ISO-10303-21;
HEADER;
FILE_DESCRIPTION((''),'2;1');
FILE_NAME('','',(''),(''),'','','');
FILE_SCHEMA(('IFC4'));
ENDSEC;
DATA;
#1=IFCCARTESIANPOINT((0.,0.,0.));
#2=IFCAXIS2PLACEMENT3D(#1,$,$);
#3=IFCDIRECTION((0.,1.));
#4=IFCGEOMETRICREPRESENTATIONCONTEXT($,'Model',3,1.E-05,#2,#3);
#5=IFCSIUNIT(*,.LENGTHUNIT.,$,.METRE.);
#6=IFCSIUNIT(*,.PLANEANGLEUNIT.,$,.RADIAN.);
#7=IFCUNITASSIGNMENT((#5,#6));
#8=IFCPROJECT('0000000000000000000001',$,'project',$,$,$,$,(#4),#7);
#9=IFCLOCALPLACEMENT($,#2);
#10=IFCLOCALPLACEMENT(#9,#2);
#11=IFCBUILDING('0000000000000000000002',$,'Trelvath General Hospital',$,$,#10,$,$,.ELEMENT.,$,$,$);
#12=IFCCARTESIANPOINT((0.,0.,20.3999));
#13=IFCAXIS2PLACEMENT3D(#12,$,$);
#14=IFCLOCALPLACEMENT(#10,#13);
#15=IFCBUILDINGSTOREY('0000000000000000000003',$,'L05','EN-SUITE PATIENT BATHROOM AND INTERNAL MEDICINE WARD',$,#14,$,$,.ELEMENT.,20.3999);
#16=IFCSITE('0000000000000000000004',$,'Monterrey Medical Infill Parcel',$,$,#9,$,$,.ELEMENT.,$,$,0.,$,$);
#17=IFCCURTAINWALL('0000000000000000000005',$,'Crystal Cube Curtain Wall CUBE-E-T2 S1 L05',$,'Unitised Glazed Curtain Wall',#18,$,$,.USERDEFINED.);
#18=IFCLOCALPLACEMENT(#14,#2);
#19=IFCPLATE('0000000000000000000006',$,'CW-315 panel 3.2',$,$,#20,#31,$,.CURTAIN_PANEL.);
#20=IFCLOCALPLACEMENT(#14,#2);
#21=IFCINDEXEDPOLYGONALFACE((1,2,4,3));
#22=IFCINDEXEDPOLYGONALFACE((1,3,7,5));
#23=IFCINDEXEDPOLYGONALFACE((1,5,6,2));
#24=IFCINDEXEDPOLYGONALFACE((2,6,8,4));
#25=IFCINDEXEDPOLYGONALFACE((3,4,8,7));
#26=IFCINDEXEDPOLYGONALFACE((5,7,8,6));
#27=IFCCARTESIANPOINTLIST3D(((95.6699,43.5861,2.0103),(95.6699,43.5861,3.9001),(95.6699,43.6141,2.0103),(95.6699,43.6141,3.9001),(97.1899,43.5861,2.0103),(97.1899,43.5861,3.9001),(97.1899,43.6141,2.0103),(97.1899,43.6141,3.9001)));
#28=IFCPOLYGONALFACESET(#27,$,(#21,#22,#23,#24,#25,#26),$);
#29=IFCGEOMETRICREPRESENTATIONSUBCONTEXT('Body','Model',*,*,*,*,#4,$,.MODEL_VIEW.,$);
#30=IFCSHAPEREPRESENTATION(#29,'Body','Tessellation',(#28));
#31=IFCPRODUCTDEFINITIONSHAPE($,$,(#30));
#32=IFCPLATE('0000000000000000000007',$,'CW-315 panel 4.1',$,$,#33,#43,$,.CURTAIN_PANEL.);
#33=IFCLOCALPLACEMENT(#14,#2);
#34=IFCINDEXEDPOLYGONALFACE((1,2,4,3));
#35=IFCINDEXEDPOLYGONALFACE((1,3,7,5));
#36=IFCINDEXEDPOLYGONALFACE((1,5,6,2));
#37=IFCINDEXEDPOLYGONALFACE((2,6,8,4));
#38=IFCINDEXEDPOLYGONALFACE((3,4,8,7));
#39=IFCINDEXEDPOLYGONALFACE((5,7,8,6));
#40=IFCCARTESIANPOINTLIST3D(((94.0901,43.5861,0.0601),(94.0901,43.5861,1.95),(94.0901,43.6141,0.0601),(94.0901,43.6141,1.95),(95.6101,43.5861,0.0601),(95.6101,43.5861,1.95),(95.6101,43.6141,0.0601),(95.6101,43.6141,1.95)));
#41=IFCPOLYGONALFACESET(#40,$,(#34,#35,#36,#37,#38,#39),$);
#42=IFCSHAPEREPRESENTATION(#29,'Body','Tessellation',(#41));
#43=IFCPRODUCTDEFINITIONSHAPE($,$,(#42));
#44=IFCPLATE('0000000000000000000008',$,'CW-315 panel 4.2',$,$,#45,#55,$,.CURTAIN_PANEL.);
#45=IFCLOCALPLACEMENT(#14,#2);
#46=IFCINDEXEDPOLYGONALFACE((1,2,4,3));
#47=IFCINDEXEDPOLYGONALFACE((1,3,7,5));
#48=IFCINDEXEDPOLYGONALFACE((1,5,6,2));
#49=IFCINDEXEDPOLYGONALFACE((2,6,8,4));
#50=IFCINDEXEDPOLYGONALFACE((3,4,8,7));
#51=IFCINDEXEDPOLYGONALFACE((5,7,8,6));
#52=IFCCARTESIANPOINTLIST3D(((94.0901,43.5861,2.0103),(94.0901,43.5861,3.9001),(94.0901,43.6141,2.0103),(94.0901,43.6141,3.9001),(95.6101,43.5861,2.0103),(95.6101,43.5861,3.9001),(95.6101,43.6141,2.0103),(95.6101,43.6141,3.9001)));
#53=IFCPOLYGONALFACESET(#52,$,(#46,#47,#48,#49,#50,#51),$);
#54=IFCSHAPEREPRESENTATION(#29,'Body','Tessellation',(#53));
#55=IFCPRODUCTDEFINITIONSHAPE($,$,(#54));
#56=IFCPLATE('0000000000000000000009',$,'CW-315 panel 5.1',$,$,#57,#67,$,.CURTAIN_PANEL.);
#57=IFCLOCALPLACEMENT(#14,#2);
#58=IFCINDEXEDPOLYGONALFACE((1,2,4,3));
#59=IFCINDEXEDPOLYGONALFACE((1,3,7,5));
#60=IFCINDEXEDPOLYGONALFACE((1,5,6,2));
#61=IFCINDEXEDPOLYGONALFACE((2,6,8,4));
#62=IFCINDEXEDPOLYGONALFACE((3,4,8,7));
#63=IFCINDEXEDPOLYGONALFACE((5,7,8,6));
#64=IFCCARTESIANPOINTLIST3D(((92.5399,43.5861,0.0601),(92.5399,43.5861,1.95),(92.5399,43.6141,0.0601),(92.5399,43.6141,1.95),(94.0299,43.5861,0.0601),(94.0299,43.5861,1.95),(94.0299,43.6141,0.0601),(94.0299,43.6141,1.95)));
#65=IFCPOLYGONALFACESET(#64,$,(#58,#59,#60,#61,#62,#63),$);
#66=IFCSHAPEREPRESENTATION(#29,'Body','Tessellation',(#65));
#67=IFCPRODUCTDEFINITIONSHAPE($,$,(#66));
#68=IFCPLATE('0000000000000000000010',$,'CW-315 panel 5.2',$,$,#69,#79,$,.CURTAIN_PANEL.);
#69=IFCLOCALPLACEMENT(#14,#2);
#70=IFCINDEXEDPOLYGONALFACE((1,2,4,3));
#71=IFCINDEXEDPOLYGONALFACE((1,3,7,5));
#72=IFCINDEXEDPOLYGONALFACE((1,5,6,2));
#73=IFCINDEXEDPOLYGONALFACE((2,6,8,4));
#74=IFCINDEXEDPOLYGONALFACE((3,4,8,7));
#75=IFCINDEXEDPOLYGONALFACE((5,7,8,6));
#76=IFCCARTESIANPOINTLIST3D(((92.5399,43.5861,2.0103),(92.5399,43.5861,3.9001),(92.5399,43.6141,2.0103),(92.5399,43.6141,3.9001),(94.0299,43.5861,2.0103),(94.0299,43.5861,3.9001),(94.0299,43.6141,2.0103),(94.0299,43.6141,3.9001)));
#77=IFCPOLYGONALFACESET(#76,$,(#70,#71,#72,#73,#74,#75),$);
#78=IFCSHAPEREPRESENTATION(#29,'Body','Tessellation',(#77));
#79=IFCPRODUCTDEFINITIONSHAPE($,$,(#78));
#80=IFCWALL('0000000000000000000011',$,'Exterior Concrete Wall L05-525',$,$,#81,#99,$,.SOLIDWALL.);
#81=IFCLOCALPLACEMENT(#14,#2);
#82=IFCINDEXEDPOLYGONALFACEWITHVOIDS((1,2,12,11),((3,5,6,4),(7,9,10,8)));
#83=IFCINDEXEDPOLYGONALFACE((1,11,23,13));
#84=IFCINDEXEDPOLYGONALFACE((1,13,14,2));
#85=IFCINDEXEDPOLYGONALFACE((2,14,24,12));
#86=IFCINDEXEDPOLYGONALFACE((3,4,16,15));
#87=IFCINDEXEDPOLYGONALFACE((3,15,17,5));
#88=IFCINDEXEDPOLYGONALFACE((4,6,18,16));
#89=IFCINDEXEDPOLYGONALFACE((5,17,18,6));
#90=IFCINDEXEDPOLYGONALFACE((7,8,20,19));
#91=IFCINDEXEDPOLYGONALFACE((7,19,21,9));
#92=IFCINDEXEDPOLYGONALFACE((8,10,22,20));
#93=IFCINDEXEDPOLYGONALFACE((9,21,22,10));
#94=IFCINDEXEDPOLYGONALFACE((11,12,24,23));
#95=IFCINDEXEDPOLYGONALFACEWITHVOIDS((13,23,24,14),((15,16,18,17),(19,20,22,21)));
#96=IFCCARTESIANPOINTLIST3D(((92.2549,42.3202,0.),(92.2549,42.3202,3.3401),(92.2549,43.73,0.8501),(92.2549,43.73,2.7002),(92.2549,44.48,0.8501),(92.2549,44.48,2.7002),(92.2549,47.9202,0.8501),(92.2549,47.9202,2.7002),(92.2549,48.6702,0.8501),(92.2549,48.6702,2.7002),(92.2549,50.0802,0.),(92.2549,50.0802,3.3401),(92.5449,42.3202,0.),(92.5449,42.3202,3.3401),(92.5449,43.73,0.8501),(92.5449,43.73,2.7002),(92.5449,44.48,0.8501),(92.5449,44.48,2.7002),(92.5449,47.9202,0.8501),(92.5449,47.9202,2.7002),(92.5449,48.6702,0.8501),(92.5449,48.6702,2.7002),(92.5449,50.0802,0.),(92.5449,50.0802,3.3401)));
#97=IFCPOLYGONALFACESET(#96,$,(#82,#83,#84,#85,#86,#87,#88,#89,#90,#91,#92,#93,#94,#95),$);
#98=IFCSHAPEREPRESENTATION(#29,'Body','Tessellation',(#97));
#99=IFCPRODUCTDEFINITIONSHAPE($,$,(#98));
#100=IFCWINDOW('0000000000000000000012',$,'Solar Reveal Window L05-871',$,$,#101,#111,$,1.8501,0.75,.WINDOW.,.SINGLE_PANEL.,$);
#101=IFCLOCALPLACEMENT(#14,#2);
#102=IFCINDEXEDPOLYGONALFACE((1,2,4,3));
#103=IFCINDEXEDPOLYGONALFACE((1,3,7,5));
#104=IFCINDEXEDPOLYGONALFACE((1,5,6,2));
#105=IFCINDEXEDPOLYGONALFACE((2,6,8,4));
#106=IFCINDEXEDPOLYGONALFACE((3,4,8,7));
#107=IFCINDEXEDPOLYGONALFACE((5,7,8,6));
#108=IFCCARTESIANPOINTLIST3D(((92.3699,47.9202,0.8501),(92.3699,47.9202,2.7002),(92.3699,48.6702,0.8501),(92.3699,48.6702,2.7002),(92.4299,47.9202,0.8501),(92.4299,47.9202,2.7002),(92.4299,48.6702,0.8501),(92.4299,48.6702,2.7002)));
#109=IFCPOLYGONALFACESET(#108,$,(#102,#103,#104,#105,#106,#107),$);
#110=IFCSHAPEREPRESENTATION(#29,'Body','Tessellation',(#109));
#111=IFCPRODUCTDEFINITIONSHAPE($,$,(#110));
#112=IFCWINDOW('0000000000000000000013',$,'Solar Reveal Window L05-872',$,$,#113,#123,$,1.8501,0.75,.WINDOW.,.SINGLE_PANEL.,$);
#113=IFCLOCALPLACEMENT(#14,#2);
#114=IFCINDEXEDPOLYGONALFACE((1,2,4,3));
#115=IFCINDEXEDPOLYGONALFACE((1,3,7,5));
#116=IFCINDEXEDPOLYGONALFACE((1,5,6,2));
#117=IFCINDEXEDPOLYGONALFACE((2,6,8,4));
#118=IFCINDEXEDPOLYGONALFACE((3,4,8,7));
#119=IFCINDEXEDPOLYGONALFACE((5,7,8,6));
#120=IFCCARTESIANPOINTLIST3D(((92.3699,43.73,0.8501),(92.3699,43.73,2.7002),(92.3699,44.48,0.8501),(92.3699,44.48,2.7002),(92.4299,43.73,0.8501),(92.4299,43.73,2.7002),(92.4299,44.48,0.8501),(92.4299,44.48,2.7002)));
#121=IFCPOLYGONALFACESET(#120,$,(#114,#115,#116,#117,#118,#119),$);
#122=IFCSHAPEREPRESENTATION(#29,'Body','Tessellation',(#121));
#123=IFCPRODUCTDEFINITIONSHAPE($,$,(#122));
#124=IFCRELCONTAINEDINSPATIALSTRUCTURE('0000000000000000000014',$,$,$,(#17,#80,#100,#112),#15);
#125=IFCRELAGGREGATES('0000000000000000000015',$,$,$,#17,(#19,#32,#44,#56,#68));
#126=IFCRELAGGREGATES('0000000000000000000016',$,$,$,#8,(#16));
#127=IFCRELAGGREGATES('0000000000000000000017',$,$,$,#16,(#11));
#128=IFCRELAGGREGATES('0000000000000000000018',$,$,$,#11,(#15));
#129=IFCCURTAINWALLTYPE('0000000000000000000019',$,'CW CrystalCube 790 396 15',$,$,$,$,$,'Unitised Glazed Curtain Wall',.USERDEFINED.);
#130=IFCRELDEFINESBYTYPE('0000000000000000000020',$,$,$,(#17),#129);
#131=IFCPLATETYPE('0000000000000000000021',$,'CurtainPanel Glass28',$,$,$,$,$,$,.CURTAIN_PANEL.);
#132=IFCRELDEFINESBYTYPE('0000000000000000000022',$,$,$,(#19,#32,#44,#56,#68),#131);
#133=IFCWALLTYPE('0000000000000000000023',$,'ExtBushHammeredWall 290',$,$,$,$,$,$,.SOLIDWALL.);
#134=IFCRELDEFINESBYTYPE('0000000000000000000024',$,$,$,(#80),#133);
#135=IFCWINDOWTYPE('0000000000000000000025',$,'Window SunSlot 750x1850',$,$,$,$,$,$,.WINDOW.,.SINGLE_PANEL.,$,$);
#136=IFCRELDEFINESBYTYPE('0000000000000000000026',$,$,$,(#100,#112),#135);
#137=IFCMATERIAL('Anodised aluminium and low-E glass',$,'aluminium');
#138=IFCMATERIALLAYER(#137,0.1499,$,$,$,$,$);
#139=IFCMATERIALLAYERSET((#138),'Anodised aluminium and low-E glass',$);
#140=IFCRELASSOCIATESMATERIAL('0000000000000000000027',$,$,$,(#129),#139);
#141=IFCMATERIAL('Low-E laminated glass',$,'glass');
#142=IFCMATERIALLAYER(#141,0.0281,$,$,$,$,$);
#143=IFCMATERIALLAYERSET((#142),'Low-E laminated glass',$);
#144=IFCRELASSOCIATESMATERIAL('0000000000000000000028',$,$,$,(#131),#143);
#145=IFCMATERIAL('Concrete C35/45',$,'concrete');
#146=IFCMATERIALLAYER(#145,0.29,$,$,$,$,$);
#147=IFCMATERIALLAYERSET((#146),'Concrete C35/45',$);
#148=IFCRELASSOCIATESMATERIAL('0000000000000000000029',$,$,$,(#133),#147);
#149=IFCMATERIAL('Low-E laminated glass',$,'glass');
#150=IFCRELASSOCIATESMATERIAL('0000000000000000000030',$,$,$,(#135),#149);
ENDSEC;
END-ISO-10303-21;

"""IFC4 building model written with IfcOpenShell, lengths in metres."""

from ifc_helpers import new_model, si_unit, direction, frame, frame_2d, origin, origin_2d, place, context, subcontext, project, spatial, rectangle, extrude, material, layer, layer_set, type_object, element, fill, aggregate, save


model = new_model("IFC4")

# Units and contexts
model_context = context("Model", 3, precision=1e-05, world=origin(), true_north=direction((0.0, 1.0)))
body_context = subcontext(model_context, "Body", "Model", "MODEL_VIEW")
ifc_project = project(units=[si_unit("LENGTHUNIT", "METRE"), si_unit("PLANEANGLEUNIT", "RADIAN")], contexts=[model_context])

# Site, building, storey
site_placement = place(None, origin())
site = spatial("IfcSite", under=ifc_project, at=site_placement, Name="Monterrey Medical Infill Parcel", CompositionType="ELEMENT", RefElevation=0.0)
building_placement = place(site_placement, origin())
building = spatial("IfcBuilding", under=site, at=building_placement, Name="Trelvath General Hospital", CompositionType="ELEMENT")
storey_placement = place(building_placement, frame((0.0, 0.0, 20.3999)))
storey = spatial("IfcBuildingStorey", under=building, at=storey_placement, Name="L05", Description="EN-SUITE PATIENT BATHROOM AND INTERNAL MEDICINE WARD", CompositionType="ELEMENT", Elevation=20.3999)

# Curtain wall
ifc_material_1 = material(Name="Anodised aluminium and low-E glass", Category="aluminium")
ifc_layer_1 = layer(ifc_material_1, 0.1499)
ifc_layer_set_1 = layer_set([ifc_layer_1], Name="Anodised aluminium and low-E glass")
curtain_wall_type = type_object("IfcCurtainWallType", Name="CW CrystalCube 790 396 15", ElementType="Unitised Glazed Curtain Wall", PredefinedType="USERDEFINED", material=ifc_layer_set_1)
curtain_wall_placement = place(storey_placement, origin())
curtain_wall = element("IfcCurtainWall", 1, at=curtain_wall_placement, inside=storey, type_object=curtain_wall_type, Name="Crystal Cube Curtain Wall CUBE-E-T2 S1 L05", ObjectType="Unitised Glazed Curtain Wall", PredefinedType="USERDEFINED")

# Plates
ifc_material_2 = material(Name="Low-E laminated glass", Category="glass")
ifc_layer_2 = layer(ifc_material_2, 0.0281)
ifc_layer_set_2 = layer_set([ifc_layer_2], Name="Low-E laminated glass")
plate_type = type_object("IfcPlateType", Name="CurtainPanel Glass28", PredefinedType="CURTAIN_PANEL", material=ifc_layer_set_2)
plate_1_placement = place(storey_placement, frame((96.4299, 43.6001, 2.0103), z_axis=(0.0, 0.0, 1.0), x_axis=(-1.0, 0.0, 0.0)))
plate_1 = element("IfcPlate", 2, at=plate_1_placement, type_object=plate_type, Name="CW-315 panel 3.2", PredefinedType="CURTAIN_PANEL", context=body_context, shape_type="SweptSolid", body=[
    extrude(rectangle(XDim=1.52, YDim=0.0281, at=origin_2d()), origin(), (0.0, 0.0, 1.0), 1.8899),
])
plate_2_placement = place(storey_placement, frame((94.8501, 43.6001, 0.0601), z_axis=(0.0, 0.0, 1.0), x_axis=(-1.0, 0.0, 0.0)))
plate_2 = element("IfcPlate", 3, at=plate_2_placement, type_object=plate_type, Name="CW-315 panel 4.1", PredefinedType="CURTAIN_PANEL", context=body_context, shape_type="SweptSolid", body=[
    extrude(rectangle(XDim=1.52, YDim=0.0281, at=origin_2d()), origin(), (0.0, 0.0, 1.0), 1.8899),
])
plate_3_placement = place(storey_placement, frame((94.8501, 43.6001, 2.0103), z_axis=(0.0, 0.0, 1.0), x_axis=(-1.0, 0.0, 0.0)))
plate_3 = element("IfcPlate", 4, at=plate_3_placement, type_object=plate_type, Name="CW-315 panel 4.2", PredefinedType="CURTAIN_PANEL", context=body_context, shape_type="SweptSolid", body=[
    extrude(rectangle(XDim=1.52, YDim=0.0281, at=origin_2d()), origin(), (0.0, 0.0, 1.0), 1.8899),
])
plate_4_placement = place(storey_placement, frame((93.2849, 43.6001, 0.0601), z_axis=(0.0, 0.0, 1.0), x_axis=(-1.0, 0.0, 0.0)))
plate_4 = element("IfcPlate", 5, at=plate_4_placement, type_object=plate_type, Name="CW-315 panel 5.1", PredefinedType="CURTAIN_PANEL", context=body_context, shape_type="SweptSolid", body=[
    extrude(rectangle(XDim=1.49, YDim=0.0281, at=origin_2d()), origin(), (0.0, 0.0, 1.0), 1.8899),
])
plate_5_placement = place(storey_placement, frame((93.2849, 43.6001, 2.0103), z_axis=(0.0, 0.0, 1.0), x_axis=(-1.0, 0.0, 0.0)))
plate_5 = element("IfcPlate", 6, at=plate_5_placement, type_object=plate_type, Name="CW-315 panel 5.2", PredefinedType="CURTAIN_PANEL", context=body_context, shape_type="SweptSolid", body=[
    extrude(rectangle(XDim=1.49, YDim=0.0281, at=origin_2d()), origin(), (0.0, 0.0, 1.0), 1.8899),
])
aggregate(curtain_wall, [plate_1, plate_2, plate_3, plate_4, plate_5])

# Wall, openings, windows
ifc_material_3 = material(Name="Concrete C35/45", Category="concrete")
ifc_layer_3 = layer(ifc_material_3, 0.29)
ifc_layer_set_3 = layer_set([ifc_layer_3], Name="Concrete C35/45")
wall_type = type_object("IfcWallType", Name="ExtBushHammeredWall 290", PredefinedType="SOLIDWALL", material=ifc_layer_set_3)
wall_placement = place(storey_placement, frame((92.3999, 50.0801, 0.0), z_axis=(0.0, 0.0, 1.0), x_axis=(0.0, -1.0, 0.0)))
wall = element("IfcWall", 7, at=wall_placement, inside=storey, type_object=wall_type, Name="Exterior Concrete Wall L05-525", PredefinedType="SOLIDWALL", context=body_context, shape_type="SweptSolid", body=[
    extrude(rectangle(XDim=7.76, YDim=0.29, at=frame_2d((3.8799, 0.0))), origin(), (0.0, 0.0, 1.0), 3.3401),
])
opening_1_placement = place(wall_placement, frame((1.4099, 0.0, 0.8501)))
opening_1 = element("IfcOpeningElement", 8, at=opening_1_placement, cuts=wall, PredefinedType="OPENING", context=body_context, shape_type="SweptSolid", body=[
    extrude(rectangle(XDim=0.75, YDim=1.8501, at=frame_2d((0.375, 0.925))), frame((0.0, 0.155, 0.0), z_axis=(0.0, -1.0, 0.0), x_axis=(1.0, 0.0, 0.0)), (0.0, 0.0, 1.0), 0.3101),
])
opening_2_placement = place(wall_placement, frame((5.6001, 0.0, 0.8501)))
opening_2 = element("IfcOpeningElement", 9, at=opening_2_placement, cuts=wall, PredefinedType="OPENING", context=body_context, shape_type="SweptSolid", body=[
    extrude(rectangle(XDim=0.75, YDim=1.8501, at=frame_2d((0.375, 0.925))), frame((0.0, 0.155, 0.0), z_axis=(0.0, -1.0, 0.0), x_axis=(1.0, 0.0, 0.0)), (0.0, 0.0, 1.0), 0.3101),
])
ifc_material_4 = material(Name="Low-E laminated glass", Category="glass")
window_type = type_object("IfcWindowType", Name="Window SunSlot 750x1850", PartitioningType="SINGLE_PANEL", PredefinedType="WINDOW", material=ifc_material_4)
window_1_placement = place(opening_1_placement, origin())
window_1 = element("IfcWindow", 10, at=window_1_placement, inside=storey, type_object=window_type, Name="Solar Reveal Window L05-871", OverallHeight=1.8501, OverallWidth=0.75, PartitioningType="SINGLE_PANEL", PredefinedType="WINDOW", context=body_context, shape_type="SweptSolid", body=[
    extrude(rectangle(XDim=0.75, YDim=1.8501, at=frame_2d((0.375, 0.925))), frame((0.0, 0.03, 0.0), z_axis=(0.0, -1.0, 0.0), x_axis=(1.0, 0.0, 0.0)), (0.0, 0.0, 1.0), 0.0601),
])
fill(opening_1, window_1)
window_2_placement = place(opening_2_placement, origin())
window_2 = element("IfcWindow", 11, at=window_2_placement, inside=storey, type_object=window_type, Name="Solar Reveal Window L05-872", OverallHeight=1.8501, OverallWidth=0.75, PartitioningType="SINGLE_PANEL", PredefinedType="WINDOW", context=body_context, shape_type="SweptSolid", body=[
    extrude(rectangle(XDim=0.75, YDim=1.8501, at=frame_2d((0.375, 0.925))), frame((0.0, 0.03, 0.0), z_axis=(0.0, -1.0, 0.0), x_axis=(1.0, 0.0, 0.0)), (0.0, 0.0, 1.0), 0.0601),
])
fill(opening_2, window_2)

save(model, "model.ifc")
